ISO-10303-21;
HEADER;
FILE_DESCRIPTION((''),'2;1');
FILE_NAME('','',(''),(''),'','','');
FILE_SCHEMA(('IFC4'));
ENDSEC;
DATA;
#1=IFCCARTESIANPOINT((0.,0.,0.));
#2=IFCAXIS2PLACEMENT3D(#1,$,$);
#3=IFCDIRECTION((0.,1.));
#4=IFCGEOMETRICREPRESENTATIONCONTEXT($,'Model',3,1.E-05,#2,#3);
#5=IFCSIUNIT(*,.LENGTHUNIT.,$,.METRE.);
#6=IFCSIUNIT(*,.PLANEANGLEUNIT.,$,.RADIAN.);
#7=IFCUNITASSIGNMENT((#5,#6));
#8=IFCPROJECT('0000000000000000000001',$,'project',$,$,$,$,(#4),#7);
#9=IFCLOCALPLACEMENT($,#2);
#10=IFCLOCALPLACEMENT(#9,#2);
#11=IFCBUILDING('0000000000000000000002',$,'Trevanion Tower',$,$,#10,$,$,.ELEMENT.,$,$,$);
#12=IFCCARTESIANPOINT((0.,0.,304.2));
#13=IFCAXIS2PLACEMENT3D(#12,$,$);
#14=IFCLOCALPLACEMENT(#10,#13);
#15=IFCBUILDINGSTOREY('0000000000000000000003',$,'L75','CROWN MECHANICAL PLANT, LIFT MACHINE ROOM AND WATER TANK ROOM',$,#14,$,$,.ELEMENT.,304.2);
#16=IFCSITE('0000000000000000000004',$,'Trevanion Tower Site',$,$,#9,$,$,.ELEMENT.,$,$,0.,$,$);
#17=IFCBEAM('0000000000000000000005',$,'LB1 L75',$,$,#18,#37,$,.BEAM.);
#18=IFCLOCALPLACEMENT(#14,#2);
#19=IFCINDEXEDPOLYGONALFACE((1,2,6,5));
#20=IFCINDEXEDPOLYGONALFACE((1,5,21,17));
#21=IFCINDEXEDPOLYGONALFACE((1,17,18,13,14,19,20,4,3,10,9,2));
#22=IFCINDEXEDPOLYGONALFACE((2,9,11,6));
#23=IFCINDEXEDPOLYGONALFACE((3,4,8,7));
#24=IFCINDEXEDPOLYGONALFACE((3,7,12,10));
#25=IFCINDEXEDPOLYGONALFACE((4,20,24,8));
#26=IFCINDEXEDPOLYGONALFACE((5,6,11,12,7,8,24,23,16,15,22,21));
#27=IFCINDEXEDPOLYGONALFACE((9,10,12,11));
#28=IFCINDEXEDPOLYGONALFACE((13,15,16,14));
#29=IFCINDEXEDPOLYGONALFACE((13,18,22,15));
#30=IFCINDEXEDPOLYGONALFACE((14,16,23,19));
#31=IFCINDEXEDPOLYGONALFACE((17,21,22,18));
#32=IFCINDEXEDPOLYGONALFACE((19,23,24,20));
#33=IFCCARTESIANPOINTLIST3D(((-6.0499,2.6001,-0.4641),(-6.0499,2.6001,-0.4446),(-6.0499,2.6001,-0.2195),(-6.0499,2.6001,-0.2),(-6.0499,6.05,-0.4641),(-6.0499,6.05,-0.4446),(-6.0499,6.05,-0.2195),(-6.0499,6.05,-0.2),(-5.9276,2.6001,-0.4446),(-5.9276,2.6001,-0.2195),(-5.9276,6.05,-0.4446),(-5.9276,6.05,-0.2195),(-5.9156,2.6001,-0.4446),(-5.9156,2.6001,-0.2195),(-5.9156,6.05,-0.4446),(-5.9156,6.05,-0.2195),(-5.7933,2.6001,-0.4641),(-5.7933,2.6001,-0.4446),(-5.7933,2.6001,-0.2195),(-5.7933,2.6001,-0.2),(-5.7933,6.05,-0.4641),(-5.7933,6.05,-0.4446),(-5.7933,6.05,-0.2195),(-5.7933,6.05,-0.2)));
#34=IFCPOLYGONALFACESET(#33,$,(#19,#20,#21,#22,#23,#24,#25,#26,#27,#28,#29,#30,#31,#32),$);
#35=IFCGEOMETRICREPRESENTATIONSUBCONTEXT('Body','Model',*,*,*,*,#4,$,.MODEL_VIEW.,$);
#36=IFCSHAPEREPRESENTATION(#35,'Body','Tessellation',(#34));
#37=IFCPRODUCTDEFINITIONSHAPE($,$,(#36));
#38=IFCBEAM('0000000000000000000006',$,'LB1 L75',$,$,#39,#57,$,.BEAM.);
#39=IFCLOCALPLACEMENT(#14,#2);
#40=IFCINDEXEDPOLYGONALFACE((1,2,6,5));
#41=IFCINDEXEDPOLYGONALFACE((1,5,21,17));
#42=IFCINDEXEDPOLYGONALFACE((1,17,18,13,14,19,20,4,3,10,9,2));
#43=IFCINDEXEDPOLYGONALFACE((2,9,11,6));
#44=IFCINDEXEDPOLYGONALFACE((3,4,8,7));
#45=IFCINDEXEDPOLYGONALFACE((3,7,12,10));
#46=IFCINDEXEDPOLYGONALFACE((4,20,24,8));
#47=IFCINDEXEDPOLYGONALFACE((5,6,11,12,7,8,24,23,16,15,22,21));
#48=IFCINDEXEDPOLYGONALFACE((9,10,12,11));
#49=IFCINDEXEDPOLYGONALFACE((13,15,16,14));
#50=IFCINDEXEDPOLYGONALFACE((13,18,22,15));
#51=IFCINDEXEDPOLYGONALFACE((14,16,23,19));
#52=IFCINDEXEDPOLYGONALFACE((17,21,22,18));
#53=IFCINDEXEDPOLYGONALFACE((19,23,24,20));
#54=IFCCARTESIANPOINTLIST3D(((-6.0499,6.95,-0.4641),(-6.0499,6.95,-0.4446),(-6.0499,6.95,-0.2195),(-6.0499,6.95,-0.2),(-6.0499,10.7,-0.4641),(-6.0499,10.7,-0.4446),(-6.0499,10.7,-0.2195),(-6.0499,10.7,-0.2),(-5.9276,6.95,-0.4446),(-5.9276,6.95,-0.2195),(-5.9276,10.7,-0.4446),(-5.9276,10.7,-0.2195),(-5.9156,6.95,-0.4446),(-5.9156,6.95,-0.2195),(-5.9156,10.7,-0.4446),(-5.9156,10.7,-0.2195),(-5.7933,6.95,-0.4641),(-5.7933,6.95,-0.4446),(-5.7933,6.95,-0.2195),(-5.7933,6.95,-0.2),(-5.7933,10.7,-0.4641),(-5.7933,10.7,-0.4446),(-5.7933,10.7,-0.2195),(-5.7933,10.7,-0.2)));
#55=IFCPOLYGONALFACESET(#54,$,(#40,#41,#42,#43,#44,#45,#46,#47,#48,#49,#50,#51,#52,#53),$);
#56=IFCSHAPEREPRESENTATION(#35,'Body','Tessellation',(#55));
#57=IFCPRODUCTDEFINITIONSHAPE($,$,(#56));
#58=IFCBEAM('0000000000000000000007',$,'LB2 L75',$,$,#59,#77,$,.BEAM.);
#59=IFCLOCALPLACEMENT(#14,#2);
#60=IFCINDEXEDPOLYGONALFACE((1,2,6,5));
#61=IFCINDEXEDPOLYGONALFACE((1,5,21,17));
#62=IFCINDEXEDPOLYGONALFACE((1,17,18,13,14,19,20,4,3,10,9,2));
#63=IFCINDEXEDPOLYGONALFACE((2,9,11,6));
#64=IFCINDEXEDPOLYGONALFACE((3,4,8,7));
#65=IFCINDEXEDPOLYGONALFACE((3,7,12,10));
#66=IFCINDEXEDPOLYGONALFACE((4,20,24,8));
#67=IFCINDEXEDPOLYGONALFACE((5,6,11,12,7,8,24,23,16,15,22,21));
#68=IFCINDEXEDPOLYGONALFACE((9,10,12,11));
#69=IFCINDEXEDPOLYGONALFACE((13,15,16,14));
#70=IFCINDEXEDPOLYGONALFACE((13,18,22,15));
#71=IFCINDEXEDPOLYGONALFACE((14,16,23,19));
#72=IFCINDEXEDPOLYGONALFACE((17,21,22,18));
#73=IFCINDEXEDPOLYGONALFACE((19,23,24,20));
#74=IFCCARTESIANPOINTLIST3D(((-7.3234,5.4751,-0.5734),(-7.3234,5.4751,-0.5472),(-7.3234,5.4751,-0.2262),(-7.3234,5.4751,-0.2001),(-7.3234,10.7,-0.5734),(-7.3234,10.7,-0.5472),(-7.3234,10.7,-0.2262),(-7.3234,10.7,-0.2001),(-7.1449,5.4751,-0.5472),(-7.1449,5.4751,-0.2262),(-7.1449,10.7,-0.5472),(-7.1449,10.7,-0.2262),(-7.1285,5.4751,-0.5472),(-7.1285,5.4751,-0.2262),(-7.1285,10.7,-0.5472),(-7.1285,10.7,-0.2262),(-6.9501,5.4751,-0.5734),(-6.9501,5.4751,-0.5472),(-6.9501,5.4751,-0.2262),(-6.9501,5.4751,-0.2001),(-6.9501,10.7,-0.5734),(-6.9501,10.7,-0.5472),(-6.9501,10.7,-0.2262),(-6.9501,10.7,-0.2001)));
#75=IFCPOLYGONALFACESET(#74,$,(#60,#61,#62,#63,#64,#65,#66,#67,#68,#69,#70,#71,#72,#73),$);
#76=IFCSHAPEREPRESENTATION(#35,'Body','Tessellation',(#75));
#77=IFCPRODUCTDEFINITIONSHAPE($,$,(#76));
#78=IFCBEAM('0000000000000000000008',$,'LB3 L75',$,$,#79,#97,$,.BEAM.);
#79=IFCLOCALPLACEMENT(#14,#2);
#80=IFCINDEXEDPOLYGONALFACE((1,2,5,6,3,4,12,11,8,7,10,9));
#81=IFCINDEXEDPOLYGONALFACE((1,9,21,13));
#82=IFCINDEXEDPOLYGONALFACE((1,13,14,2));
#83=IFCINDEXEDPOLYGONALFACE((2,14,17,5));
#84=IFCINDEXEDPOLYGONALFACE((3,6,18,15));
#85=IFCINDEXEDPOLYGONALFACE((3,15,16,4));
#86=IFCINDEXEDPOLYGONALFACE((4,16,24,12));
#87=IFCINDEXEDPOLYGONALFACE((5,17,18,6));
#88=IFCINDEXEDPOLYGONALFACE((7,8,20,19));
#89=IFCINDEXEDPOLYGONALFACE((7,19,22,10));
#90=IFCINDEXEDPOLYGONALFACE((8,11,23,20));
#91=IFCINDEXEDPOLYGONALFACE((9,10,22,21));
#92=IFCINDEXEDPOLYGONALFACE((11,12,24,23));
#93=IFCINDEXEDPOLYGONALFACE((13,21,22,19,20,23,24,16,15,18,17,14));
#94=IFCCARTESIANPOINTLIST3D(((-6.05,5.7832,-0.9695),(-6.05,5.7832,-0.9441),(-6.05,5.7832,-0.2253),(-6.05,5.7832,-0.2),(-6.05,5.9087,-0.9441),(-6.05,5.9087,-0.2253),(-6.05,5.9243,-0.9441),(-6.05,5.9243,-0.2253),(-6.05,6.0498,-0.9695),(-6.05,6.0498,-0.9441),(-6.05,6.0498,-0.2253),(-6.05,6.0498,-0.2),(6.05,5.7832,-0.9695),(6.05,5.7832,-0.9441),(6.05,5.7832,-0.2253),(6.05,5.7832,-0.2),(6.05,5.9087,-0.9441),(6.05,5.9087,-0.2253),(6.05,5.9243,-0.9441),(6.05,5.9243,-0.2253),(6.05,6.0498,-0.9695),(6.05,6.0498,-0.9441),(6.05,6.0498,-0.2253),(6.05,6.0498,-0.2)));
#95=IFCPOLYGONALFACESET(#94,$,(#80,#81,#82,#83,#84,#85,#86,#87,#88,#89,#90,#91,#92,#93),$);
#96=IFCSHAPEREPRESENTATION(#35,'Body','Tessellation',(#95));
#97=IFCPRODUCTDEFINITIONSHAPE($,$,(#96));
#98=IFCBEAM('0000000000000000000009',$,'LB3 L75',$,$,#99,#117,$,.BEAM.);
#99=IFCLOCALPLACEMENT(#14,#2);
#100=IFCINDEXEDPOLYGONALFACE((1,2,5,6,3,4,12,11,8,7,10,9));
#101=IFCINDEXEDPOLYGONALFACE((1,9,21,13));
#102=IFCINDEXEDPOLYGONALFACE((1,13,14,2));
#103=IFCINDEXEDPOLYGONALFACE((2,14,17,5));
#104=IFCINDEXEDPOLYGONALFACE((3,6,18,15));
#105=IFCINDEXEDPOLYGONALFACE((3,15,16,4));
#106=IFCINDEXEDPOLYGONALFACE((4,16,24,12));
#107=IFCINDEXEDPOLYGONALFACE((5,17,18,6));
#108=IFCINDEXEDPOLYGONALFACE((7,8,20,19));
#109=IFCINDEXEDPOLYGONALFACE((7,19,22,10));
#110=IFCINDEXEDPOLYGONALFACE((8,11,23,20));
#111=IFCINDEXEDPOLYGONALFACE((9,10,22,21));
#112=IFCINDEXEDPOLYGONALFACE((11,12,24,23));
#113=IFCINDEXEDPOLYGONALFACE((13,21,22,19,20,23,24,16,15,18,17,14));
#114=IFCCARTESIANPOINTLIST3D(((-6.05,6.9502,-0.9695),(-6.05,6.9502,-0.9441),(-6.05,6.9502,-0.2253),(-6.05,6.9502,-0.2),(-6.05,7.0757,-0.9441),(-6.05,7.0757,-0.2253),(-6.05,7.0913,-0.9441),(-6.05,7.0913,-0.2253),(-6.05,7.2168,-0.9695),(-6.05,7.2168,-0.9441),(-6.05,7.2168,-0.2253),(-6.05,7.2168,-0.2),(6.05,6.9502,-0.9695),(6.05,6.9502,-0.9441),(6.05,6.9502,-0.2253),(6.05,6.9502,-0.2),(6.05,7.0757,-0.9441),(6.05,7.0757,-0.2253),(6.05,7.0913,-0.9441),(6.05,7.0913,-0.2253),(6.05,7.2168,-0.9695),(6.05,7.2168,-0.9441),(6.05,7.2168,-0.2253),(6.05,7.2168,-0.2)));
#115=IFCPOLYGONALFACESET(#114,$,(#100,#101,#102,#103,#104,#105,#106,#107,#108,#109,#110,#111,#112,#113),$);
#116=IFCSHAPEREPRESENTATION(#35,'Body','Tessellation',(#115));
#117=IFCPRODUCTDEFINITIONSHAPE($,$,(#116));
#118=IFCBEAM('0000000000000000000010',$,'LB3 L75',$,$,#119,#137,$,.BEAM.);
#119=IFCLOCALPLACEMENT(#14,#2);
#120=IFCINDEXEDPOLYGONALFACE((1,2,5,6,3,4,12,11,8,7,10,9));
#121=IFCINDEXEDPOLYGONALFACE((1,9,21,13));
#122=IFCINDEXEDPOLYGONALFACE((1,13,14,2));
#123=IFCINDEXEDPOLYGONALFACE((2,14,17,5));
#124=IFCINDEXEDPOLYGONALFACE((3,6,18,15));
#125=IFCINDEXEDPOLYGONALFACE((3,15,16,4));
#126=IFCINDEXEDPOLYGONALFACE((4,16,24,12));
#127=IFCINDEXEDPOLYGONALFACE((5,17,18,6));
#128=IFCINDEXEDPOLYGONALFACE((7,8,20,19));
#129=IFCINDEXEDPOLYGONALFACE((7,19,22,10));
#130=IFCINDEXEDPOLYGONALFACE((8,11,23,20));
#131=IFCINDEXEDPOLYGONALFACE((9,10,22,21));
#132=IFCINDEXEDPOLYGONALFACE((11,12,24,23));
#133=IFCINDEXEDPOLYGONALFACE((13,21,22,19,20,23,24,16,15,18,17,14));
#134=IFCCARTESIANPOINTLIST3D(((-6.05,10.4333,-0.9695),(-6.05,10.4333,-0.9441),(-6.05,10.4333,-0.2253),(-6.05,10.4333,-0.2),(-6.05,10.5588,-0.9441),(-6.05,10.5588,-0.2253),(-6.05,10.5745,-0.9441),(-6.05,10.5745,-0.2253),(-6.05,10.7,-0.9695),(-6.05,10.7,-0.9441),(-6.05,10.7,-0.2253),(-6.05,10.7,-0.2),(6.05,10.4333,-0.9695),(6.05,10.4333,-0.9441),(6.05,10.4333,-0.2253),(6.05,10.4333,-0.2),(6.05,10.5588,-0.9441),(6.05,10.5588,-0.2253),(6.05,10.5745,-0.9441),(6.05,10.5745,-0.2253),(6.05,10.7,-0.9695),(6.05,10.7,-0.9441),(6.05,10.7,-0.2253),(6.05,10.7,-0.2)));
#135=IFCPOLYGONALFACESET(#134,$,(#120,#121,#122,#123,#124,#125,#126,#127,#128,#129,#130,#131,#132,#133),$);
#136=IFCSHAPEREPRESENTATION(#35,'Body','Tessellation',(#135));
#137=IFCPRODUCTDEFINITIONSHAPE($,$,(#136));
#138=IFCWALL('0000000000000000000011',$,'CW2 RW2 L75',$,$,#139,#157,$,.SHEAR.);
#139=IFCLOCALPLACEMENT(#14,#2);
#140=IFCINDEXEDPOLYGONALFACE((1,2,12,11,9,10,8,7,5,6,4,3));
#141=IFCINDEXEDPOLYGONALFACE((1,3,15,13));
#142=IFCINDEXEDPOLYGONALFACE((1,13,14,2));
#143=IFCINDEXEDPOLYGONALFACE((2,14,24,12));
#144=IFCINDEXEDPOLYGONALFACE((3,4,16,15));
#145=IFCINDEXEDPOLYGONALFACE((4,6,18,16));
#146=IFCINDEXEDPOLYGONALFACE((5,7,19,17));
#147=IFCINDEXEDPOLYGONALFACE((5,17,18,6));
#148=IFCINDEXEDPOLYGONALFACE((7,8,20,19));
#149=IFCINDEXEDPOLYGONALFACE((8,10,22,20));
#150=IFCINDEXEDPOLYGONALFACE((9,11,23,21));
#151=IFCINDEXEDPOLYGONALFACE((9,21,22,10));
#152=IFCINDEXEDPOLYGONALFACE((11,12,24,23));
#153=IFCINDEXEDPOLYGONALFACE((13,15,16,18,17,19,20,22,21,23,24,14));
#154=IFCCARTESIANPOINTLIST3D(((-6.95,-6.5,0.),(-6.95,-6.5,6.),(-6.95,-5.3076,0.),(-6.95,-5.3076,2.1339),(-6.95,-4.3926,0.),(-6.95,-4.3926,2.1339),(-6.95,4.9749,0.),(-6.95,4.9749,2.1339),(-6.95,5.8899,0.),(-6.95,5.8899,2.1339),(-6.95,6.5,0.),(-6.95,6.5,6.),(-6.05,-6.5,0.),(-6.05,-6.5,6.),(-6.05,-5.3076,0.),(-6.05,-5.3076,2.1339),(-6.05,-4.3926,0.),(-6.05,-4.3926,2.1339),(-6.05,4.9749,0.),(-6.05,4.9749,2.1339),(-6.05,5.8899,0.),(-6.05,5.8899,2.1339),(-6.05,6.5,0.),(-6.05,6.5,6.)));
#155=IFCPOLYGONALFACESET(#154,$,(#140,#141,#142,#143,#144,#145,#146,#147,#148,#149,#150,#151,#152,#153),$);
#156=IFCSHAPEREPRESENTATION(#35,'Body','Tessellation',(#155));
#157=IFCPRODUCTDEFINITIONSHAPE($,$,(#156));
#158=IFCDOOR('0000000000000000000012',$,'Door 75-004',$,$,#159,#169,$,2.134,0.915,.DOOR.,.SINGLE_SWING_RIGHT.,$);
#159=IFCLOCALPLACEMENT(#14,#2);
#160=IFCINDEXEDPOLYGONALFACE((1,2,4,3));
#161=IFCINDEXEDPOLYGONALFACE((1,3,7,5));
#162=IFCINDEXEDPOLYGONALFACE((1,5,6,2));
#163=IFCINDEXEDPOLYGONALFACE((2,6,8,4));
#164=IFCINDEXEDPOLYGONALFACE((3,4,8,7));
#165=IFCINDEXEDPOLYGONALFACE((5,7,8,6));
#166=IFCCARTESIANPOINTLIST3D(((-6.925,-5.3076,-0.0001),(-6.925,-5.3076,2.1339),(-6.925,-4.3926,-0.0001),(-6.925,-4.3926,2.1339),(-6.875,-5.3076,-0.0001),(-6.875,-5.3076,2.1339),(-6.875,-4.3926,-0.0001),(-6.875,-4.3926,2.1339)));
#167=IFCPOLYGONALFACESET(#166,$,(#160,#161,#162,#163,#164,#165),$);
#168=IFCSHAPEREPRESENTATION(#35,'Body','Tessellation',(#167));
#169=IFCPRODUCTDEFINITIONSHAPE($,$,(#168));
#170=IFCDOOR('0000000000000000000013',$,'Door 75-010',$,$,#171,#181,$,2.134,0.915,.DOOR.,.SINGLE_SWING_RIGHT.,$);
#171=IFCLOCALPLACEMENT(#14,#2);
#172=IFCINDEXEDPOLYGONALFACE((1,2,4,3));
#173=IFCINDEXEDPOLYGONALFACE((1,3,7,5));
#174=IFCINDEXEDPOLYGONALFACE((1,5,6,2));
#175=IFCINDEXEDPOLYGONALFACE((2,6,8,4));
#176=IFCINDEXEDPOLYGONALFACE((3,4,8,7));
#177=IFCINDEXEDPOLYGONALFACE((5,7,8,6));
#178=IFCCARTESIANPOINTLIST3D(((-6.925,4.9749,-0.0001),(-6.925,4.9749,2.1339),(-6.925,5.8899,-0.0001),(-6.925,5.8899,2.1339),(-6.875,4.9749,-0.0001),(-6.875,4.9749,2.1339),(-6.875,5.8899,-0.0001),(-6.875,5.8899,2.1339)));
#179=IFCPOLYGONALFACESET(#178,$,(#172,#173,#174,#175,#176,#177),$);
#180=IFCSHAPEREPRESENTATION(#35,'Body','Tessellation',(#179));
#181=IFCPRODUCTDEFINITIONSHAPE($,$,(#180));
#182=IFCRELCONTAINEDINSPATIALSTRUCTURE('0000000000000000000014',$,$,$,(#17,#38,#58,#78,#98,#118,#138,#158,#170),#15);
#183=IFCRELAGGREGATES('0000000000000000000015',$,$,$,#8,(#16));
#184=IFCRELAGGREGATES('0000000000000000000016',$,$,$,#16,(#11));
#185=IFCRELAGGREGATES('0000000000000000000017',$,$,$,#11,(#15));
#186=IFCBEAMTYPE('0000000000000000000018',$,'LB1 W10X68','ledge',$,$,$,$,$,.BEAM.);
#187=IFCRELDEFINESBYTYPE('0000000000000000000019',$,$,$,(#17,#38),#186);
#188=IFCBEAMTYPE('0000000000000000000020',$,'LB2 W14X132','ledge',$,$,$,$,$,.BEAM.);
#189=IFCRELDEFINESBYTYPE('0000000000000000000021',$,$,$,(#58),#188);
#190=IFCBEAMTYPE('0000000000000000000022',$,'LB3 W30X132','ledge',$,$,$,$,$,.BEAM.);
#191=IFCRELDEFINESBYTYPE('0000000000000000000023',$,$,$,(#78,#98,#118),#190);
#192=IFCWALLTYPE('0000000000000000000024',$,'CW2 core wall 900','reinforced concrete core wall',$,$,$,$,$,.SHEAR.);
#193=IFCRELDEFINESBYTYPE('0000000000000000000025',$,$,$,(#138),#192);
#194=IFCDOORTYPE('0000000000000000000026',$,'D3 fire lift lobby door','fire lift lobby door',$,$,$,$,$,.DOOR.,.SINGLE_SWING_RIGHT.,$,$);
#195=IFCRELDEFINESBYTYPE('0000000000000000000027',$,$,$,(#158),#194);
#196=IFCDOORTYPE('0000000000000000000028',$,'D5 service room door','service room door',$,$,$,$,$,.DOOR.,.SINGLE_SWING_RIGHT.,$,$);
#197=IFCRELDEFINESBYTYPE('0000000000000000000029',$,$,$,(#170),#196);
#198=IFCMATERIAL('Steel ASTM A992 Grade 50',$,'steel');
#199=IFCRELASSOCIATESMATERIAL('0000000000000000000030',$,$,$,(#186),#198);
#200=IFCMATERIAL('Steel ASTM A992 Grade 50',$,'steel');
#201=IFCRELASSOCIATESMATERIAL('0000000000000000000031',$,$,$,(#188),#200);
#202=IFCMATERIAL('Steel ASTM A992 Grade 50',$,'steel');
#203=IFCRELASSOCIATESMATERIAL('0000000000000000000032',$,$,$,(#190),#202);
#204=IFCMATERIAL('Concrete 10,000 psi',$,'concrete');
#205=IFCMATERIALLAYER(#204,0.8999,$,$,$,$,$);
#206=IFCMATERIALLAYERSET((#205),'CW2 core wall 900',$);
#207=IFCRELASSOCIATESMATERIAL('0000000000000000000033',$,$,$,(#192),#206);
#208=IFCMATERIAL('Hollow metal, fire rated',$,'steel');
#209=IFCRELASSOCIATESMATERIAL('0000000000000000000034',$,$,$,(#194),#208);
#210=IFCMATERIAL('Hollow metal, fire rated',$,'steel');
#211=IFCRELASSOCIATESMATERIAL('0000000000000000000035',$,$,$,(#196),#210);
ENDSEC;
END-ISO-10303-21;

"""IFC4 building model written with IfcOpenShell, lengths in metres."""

from ifc_helpers import new_model, si_unit, direction, frame, frame_2d, origin, origin_2d, place, context, subcontext, project, spatial, rectangle, i_section, extrude, material, layer, layer_set, material_profile, profile_set, type_object, element, fill, save


model = new_model("IFC4")

# Units and contexts
model_context = context("Model", 3, precision=1e-05, world=origin(), true_north=direction((0.0, 1.0)))
body_context = subcontext(model_context, "Body", "Model", "MODEL_VIEW")
ifc_project = project(units=[si_unit("LENGTHUNIT", "METRE"), si_unit("PLANEANGLEUNIT", "RADIAN")], contexts=[model_context])

# Site, building, storey
site_placement = place(None, origin())
site = spatial("IfcSite", under=ifc_project, at=site_placement, Name="Trevanion Tower Site", CompositionType="ELEMENT", RefElevation=0.0)
building_placement = place(site_placement, origin())
building = spatial("IfcBuilding", under=site, at=building_placement, Name="Trevanion Tower", CompositionType="ELEMENT")
storey_placement = place(building_placement, frame((0.0, 0.0, 304.2)))
storey = spatial("IfcBuildingStorey", under=building, at=storey_placement, Name="L75", Description="CROWN MECHANICAL PLANT, LIFT MACHINE ROOM AND WATER TANK ROOM", CompositionType="ELEMENT", Elevation=304.2)

# Beams
ifc_material_1 = material(Name="Steel ASTM A992 Grade 50", Category="steel")
ifc_material_profile_1 = material_profile(ifc_material_1, i_section(OverallWidth=0.2566, OverallDepth=0.2642, WebThickness=0.012, FlangeThickness=0.0195, at=origin_2d()), Name="W10X68")
ifc_profile_set_1 = profile_set([ifc_material_profile_1], Name="Steel ASTM A992 Grade 50")
beam_type_1 = type_object("IfcBeamType", Name="LB1 W10X68", Description="ledge", PredefinedType="BEAM", material=ifc_profile_set_1)
beam_1_placement = place(storey_placement, frame((-5.9216, 2.6001, -0.332), z_axis=(0.0, 1.0, 0.0), x_axis=(-1.0, 0.0, 0.0)))
element("IfcBeam", 1, at=beam_1_placement, inside=storey, type_object=beam_type_1, Name="LB1 L75", PredefinedType="BEAM", context=body_context, shape_type="SweptSolid", body=[
    extrude(i_section(OverallWidth=0.2566, OverallDepth=0.2642, WebThickness=0.012, FlangeThickness=0.0195, at=origin_2d()), origin(), (0.0, 0.0, 1.0), 3.45),
])
beam_2_placement = place(storey_placement, frame((-5.9216, 6.95, -0.332), z_axis=(0.0, 1.0, 0.0), x_axis=(-1.0, 0.0, 0.0)))
element("IfcBeam", 2, at=beam_2_placement, inside=storey, type_object=beam_type_1, Name="LB1 L75", PredefinedType="BEAM", context=body_context, shape_type="SweptSolid", body=[
    extrude(i_section(OverallWidth=0.2566, OverallDepth=0.2642, WebThickness=0.012, FlangeThickness=0.0195, at=origin_2d()), origin(), (0.0, 0.0, 1.0), 3.75),
])
ifc_material_2 = material(Name="Steel ASTM A992 Grade 50", Category="steel")
ifc_material_profile_2 = material_profile(ifc_material_2, i_section(OverallWidth=0.3733, OverallDepth=0.3733, WebThickness=0.0164, FlangeThickness=0.0261, at=origin_2d()), Name="W14X132")
ifc_profile_set_2 = profile_set([ifc_material_profile_2], Name="Steel ASTM A992 Grade 50")
beam_type_2 = type_object("IfcBeamType", Name="LB2 W14X132", Description="ledge", PredefinedType="BEAM", material=ifc_profile_set_2)
beam_3_placement = place(storey_placement, frame((-7.1367, 5.4751, -0.3867), z_axis=(0.0, 1.0, 0.0), x_axis=(-1.0, 0.0, 0.0)))
element("IfcBeam", 3, at=beam_3_placement, inside=storey, type_object=beam_type_2, Name="LB2 L75", PredefinedType="BEAM", context=body_context, shape_type="SweptSolid", body=[
    extrude(i_section(OverallWidth=0.3733, OverallDepth=0.3733, WebThickness=0.0164, FlangeThickness=0.0261, at=origin_2d()), origin(), (0.0, 0.0, 1.0), 5.2249),
])
ifc_material_3 = material(Name="Steel ASTM A992 Grade 50", Category="steel")
ifc_material_profile_3 = material_profile(ifc_material_3, i_section(OverallWidth=0.2666, OverallDepth=0.7695, WebThickness=0.0156, FlangeThickness=0.0254, at=origin_2d()), Name="W30X132")
ifc_profile_set_3 = profile_set([ifc_material_profile_3], Name="Steel ASTM A992 Grade 50")
beam_type_3 = type_object("IfcBeamType", Name="LB3 W30X132", Description="ledge", PredefinedType="BEAM", material=ifc_profile_set_3)
for number, where, z_axis, x_axis, name in (
    (4, (-6.05, 5.9165, -0.5847), (1.0, 0.0, 0.0), (0.0, 1.0, 0.0), "LB3 L75"),
    (5, (-6.05, 7.0835, -0.5847), (1.0, 0.0, 0.0), (0.0, 1.0, 0.0), "LB3 L75"),
    (6, (-6.05, 10.5667, -0.5847), (1.0, 0.0, 0.0), (0.0, 1.0, 0.0), "LB3 L75"),
):
    element("IfcBeam", number, at=place(storey_placement, frame(where, z_axis=z_axis, x_axis=x_axis)), inside=storey, type_object=beam_type_3, Name=name, PredefinedType="BEAM", context=body_context, shape_type="SweptSolid", body=[
        extrude(i_section(OverallWidth=0.2666, OverallDepth=0.7695, WebThickness=0.0156, FlangeThickness=0.0254, at=origin_2d()), origin(), (0.0, 0.0, 1.0), 12.1001),
    ])

# Wall, openings, doors
ifc_material_4 = material(Name="Concrete 10,000 psi", Category="concrete")
ifc_layer_1 = layer(ifc_material_4, 0.8999)
ifc_layer_set_1 = layer_set([ifc_layer_1], Name="CW2 core wall 900")
wall_type_1 = type_object("IfcWallType", Name="CW2 core wall 900", Description="reinforced concrete core wall", PredefinedType="SHEAR", material=ifc_layer_set_1)
wall_1_placement = place(storey_placement, frame((-6.5, 6.5, 0.0), z_axis=(0.0, 0.0, 1.0), x_axis=(0.0, -1.0, 0.0)))
wall_1 = element("IfcWall", 7, at=wall_1_placement, inside=storey, type_object=wall_type_1, Name="CW2 RW2 L75", PredefinedType="SHEAR", context=body_context, shape_type="SweptSolid", body=[
    extrude(rectangle(XDim=13.0, YDim=0.8999, at=frame_2d((6.5, 0.0))), origin(), (0.0, 0.0, 1.0), 6.0),
])
opening_1_placement = place(wall_1_placement, frame((10.8926, 0.0, 0.0)))
opening_1 = element("IfcOpeningElement", 8, at=opening_1_placement, cuts=wall_1, PredefinedType="OPENING", context=body_context, shape_type="SweptSolid", body=[
    extrude(rectangle(XDim=0.915, YDim=2.134, at=frame_2d((0.4575, 1.0669))), frame((0.0, 0.46, 0.0), z_axis=(0.0, -1.0, 0.0), x_axis=(1.0, 0.0, 0.0)), (0.0, 0.0, 1.0), 0.9199),
])
opening_2_placement = place(wall_1_placement, frame((0.6101, 0.0, 0.0)))
opening_2 = element("IfcOpeningElement", 9, at=opening_2_placement, cuts=wall_1, PredefinedType="OPENING", context=body_context, shape_type="SweptSolid", body=[
    extrude(rectangle(XDim=0.915, YDim=2.134, at=frame_2d((0.4575, 1.0669))), frame((0.0, 0.46, 0.0), z_axis=(0.0, -1.0, 0.0), x_axis=(1.0, 0.0, 0.0)), (0.0, 0.0, 1.0), 0.9199),
])
ifc_material_5 = material(Name="Hollow metal, fire rated", Category="steel")
door_type_1 = type_object("IfcDoorType", Name="D3 fire lift lobby door", Description="fire lift lobby door", OperationType="SINGLE_SWING_RIGHT", PredefinedType="DOOR", material=ifc_material_5)
door_1_placement = place(opening_1_placement, origin())
door_1 = element("IfcDoor", 10, at=door_1_placement, inside=storey, type_object=door_type_1, Name="Door 75-004", OperationType="SINGLE_SWING_RIGHT", OverallHeight=2.134, OverallWidth=0.915, PredefinedType="DOOR", context=body_context, shape_type="SweptSolid", body=[
    extrude(rectangle(XDim=0.915, YDim=2.134, at=frame_2d((0.4575, 1.0669))), frame((0.0, -0.375, 0.0), z_axis=(0.0, -1.0, 0.0), x_axis=(1.0, 0.0, 0.0)), (0.0, 0.0, 1.0), 0.05),
])
fill(opening_1, door_1)
ifc_material_6 = material(Name="Hollow metal, fire rated", Category="steel")
door_type_2 = type_object("IfcDoorType", Name="D5 service room door", Description="service room door", OperationType="SINGLE_SWING_RIGHT", PredefinedType="DOOR", material=ifc_material_6)
door_2_placement = place(opening_2_placement, origin())
door_2 = element("IfcDoor", 11, at=door_2_placement, inside=storey, type_object=door_type_2, Name="Door 75-010", OperationType="SINGLE_SWING_RIGHT", OverallHeight=2.134, OverallWidth=0.915, PredefinedType="DOOR", context=body_context, shape_type="SweptSolid", body=[
    extrude(rectangle(XDim=0.915, YDim=2.134, at=frame_2d((0.4575, 1.0669))), frame((0.0, -0.375, 0.0), z_axis=(0.0, -1.0, 0.0), x_axis=(1.0, 0.0, 0.0)), (0.0, 0.0, 1.0), 0.05),
])
fill(opening_2, door_2)

save(model, "model.ifc")
